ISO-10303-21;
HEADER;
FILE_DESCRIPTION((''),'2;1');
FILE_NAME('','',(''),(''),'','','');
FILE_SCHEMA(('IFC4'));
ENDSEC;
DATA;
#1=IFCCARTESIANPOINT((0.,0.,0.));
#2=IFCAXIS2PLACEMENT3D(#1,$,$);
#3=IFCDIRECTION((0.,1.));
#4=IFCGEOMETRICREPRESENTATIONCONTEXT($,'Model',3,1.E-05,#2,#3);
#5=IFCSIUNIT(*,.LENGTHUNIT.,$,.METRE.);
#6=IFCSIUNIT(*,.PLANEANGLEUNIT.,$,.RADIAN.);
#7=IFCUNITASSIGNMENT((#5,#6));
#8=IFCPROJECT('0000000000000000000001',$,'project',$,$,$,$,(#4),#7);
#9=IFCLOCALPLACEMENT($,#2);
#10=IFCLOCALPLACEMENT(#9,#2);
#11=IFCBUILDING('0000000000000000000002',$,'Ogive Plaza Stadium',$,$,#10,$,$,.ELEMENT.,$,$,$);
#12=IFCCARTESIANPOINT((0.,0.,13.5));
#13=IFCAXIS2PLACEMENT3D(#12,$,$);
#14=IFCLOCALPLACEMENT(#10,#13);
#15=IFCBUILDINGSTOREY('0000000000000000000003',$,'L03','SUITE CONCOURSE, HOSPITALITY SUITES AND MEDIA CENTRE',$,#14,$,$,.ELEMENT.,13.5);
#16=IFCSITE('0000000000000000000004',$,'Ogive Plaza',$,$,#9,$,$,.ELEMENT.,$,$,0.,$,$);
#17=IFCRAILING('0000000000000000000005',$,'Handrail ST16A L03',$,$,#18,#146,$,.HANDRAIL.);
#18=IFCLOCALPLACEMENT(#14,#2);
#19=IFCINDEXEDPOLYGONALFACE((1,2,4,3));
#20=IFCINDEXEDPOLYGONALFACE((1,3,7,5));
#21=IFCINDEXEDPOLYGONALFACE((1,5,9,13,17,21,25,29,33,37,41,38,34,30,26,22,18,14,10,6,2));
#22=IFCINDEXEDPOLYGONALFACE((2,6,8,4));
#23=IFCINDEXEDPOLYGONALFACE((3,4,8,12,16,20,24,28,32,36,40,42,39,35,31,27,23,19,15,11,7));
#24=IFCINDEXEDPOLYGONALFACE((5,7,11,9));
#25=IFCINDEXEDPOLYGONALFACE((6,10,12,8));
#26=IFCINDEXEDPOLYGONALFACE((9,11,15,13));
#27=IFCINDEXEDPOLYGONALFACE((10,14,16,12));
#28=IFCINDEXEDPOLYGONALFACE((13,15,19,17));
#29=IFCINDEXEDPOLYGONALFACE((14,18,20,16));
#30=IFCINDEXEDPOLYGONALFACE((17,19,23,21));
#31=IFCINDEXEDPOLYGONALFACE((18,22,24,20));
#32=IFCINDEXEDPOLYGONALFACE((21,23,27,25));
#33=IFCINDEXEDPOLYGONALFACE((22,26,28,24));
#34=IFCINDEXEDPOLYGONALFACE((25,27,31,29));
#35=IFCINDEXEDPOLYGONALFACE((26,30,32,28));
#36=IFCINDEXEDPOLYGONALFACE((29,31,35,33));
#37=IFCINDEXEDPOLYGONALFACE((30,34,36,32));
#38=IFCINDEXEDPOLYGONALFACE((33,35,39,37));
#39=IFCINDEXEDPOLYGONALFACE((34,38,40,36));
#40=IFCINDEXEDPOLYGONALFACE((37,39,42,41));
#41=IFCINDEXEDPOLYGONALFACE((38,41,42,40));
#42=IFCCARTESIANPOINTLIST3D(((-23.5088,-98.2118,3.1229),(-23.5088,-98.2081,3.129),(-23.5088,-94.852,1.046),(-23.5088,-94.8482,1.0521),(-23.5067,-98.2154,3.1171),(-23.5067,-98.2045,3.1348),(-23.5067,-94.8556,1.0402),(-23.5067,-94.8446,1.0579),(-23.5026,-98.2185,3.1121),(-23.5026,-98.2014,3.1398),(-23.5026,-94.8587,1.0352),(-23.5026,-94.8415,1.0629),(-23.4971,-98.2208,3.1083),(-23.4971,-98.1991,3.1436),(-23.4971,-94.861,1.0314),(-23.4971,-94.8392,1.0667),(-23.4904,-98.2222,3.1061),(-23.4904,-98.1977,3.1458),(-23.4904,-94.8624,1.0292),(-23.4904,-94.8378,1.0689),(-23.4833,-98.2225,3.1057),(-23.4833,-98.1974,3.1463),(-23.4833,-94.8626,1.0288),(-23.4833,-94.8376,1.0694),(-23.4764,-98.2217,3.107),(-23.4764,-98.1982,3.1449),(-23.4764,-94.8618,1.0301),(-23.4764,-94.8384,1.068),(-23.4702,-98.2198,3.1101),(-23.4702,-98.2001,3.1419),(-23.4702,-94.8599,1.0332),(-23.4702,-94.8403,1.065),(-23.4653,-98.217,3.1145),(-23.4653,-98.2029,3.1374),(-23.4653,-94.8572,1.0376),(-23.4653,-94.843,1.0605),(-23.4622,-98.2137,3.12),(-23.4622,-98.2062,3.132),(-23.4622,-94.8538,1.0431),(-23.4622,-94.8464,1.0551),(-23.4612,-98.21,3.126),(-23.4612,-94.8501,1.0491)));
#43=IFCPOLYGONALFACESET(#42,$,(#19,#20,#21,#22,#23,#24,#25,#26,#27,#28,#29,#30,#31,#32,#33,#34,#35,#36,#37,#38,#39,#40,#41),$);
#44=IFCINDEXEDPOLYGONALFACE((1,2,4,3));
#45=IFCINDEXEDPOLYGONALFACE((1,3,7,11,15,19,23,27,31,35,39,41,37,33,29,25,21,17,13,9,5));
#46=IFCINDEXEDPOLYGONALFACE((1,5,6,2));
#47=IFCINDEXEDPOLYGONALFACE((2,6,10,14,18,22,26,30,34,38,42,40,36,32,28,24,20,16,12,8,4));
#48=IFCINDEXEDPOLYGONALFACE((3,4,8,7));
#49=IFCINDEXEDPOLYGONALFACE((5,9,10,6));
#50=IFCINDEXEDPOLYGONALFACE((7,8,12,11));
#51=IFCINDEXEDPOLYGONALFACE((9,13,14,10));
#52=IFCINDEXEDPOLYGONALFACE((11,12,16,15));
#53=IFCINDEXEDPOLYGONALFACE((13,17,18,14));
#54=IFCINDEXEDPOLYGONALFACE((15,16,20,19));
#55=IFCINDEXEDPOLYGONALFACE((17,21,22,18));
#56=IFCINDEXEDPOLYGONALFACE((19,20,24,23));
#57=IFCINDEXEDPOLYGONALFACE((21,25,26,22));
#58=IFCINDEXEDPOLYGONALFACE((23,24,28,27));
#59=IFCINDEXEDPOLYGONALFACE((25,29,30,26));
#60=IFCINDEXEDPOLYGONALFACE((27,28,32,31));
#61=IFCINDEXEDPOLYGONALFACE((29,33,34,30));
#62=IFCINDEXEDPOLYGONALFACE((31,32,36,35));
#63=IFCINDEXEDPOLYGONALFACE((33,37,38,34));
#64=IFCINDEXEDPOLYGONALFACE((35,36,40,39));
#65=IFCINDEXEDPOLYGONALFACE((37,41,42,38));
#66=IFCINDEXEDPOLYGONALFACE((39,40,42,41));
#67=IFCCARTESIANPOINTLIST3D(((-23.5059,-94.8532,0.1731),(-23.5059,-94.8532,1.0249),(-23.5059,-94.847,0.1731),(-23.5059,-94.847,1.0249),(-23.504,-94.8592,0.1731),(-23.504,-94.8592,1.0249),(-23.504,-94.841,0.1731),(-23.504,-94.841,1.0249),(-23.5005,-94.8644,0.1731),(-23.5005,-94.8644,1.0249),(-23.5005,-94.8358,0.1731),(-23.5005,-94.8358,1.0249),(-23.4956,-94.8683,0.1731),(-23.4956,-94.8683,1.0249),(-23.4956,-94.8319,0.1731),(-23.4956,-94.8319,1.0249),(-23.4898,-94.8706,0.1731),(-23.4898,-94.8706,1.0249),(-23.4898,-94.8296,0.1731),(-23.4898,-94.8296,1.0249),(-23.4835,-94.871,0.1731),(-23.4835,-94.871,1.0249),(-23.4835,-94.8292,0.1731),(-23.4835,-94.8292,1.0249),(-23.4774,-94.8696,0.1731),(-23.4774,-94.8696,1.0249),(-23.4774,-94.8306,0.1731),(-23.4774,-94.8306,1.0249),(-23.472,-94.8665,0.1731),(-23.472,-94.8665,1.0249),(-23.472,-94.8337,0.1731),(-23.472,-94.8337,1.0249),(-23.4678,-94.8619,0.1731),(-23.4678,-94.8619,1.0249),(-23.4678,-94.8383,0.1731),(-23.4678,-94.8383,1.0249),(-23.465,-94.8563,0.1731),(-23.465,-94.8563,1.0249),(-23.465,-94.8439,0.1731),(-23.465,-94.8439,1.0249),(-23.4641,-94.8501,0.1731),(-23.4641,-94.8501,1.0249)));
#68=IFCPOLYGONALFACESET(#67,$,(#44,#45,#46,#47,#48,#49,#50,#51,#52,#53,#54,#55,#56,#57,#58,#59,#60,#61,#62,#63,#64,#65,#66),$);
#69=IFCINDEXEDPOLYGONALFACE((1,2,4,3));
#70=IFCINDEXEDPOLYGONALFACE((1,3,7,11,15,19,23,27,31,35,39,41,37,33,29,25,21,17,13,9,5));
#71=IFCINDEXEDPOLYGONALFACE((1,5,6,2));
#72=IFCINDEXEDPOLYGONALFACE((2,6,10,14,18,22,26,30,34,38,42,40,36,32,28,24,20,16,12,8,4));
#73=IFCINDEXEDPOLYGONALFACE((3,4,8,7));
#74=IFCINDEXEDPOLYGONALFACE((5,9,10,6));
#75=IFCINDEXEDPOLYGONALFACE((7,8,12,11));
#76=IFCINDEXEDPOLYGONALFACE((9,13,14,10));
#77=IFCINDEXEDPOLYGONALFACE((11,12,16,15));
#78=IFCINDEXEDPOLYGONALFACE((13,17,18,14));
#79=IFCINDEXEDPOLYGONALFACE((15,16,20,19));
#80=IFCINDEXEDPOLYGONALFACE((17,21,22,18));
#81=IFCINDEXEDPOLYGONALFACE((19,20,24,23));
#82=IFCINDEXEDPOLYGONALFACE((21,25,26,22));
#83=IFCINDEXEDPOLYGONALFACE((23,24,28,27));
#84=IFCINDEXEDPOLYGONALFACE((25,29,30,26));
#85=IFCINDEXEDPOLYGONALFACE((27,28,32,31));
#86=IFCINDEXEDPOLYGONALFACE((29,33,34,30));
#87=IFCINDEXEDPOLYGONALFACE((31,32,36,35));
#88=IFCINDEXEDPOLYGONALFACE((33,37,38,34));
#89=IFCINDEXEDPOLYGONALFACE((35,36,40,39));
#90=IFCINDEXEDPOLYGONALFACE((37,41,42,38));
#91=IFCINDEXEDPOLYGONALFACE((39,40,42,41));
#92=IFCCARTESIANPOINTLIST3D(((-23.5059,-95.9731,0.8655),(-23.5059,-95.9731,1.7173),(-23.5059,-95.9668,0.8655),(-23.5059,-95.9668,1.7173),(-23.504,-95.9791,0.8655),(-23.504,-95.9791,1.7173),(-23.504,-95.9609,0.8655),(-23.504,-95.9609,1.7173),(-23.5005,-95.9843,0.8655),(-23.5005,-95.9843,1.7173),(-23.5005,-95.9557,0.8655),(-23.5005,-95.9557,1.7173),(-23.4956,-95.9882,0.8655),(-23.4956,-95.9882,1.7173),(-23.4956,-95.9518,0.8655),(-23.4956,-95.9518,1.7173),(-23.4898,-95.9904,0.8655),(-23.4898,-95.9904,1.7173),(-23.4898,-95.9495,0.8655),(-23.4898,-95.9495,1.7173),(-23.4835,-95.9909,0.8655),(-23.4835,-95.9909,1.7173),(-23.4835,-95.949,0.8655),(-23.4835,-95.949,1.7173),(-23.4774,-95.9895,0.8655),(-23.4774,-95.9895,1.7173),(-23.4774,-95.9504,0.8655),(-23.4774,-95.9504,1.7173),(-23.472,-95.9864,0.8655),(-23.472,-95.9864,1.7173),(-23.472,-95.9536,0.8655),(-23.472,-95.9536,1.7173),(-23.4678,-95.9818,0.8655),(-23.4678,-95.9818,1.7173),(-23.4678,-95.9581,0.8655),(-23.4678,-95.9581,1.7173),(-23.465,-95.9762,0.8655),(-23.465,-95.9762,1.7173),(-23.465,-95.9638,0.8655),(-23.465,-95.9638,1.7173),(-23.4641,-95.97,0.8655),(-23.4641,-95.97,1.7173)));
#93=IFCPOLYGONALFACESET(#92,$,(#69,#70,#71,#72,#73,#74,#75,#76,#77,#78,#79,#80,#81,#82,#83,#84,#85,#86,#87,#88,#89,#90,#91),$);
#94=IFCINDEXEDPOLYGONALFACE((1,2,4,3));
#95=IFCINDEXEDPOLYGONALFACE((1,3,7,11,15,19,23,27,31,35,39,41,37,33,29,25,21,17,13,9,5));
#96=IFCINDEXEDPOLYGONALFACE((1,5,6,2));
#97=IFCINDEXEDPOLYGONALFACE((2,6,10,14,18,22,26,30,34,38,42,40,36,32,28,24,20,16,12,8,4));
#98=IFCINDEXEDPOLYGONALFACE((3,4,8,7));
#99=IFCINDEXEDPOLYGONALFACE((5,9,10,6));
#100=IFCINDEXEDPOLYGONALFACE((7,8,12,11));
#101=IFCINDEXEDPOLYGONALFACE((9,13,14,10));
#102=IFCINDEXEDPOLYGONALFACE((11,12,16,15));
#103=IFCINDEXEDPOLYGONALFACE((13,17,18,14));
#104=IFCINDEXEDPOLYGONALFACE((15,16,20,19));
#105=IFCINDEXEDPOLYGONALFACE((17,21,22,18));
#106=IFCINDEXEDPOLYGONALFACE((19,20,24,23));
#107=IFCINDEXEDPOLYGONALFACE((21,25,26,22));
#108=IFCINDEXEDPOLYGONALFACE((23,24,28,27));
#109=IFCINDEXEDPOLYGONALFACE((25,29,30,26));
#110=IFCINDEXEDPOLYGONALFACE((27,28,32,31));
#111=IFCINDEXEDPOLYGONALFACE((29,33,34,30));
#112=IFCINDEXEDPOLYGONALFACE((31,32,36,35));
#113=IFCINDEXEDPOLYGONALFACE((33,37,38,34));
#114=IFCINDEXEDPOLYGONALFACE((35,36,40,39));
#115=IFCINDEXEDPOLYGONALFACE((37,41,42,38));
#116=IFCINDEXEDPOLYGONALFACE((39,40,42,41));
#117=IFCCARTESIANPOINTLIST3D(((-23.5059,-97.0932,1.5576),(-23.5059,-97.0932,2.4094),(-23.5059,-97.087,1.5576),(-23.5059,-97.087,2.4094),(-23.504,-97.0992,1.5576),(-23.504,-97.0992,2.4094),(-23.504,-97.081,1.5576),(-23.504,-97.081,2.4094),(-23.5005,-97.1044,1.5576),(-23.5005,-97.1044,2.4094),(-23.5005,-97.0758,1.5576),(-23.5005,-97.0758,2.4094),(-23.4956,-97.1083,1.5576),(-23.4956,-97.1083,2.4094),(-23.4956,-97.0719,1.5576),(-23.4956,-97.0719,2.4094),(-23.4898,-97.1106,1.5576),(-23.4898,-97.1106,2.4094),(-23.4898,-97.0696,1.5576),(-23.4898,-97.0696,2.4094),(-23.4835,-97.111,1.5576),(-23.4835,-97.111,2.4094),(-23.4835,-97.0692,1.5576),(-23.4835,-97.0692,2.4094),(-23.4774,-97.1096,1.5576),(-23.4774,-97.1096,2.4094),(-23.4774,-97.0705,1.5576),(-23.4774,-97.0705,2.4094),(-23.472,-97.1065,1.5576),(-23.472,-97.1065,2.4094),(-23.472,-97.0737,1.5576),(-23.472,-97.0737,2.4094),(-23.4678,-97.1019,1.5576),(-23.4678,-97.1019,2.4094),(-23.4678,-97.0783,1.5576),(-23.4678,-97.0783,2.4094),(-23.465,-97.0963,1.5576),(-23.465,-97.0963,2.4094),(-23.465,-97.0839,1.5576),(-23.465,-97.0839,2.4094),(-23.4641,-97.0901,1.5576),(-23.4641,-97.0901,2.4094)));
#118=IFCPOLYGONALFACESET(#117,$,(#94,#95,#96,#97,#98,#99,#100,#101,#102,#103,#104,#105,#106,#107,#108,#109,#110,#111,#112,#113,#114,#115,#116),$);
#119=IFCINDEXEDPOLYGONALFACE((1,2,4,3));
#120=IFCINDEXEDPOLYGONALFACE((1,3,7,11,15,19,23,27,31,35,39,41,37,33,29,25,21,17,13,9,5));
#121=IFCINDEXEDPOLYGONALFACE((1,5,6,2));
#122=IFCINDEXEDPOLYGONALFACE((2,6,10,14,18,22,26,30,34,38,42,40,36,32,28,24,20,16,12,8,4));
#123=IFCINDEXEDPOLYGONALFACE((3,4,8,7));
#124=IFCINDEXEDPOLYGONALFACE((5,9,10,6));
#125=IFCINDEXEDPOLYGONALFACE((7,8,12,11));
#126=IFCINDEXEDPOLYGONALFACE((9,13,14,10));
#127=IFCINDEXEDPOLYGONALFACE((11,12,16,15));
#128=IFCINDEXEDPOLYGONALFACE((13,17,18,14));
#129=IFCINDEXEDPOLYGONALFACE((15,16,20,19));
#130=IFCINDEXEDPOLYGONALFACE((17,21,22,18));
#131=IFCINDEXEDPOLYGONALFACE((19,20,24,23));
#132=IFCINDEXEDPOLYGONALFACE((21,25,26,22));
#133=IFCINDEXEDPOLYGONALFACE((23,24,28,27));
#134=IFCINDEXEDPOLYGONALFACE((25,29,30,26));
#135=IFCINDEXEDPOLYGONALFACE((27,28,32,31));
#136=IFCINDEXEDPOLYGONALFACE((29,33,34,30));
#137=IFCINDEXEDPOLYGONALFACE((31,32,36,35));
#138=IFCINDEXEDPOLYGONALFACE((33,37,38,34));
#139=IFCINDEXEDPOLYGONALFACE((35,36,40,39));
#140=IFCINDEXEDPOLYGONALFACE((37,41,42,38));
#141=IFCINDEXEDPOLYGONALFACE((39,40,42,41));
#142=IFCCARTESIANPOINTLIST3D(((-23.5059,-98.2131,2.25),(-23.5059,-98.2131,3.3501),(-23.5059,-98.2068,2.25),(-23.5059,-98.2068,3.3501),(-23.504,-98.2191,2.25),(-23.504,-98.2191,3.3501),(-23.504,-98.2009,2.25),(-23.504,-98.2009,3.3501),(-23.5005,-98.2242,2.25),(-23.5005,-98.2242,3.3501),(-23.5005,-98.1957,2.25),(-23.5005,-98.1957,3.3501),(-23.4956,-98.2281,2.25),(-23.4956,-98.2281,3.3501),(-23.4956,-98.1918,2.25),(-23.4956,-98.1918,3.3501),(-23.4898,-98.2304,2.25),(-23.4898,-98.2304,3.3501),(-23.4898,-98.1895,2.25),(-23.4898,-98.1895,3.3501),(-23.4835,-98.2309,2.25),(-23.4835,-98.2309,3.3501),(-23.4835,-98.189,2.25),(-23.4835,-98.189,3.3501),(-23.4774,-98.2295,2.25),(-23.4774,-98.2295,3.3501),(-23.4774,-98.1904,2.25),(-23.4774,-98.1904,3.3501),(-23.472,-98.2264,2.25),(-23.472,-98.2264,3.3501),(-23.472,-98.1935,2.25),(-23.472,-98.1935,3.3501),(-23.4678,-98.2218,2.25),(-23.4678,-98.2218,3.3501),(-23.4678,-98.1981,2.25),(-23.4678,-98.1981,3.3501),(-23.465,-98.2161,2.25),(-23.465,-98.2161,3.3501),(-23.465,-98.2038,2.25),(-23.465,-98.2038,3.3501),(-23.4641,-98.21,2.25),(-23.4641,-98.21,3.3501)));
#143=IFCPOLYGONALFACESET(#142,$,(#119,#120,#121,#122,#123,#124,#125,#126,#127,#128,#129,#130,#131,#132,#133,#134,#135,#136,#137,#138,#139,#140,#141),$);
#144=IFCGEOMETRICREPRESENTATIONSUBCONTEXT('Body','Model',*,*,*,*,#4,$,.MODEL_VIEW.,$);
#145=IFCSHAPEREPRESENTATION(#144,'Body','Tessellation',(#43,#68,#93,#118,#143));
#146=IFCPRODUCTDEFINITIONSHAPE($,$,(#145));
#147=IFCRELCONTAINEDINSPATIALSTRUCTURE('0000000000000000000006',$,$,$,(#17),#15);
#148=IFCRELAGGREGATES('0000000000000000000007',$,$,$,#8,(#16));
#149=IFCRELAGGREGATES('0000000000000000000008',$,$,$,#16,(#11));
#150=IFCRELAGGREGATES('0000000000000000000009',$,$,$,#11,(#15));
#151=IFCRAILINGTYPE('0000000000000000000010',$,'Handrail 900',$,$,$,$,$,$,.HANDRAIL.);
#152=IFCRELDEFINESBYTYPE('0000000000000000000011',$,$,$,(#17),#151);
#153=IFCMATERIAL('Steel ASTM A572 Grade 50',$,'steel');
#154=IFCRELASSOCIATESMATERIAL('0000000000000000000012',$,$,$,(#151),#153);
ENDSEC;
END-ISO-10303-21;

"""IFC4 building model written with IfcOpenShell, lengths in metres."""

from ifc_helpers import new_model, si_unit, direction, frame, origin, origin_2d, place, context, subcontext, project, spatial, circle, extrude, material, type_object, element, save


model = new_model("IFC4")

# Units and contexts
model_context = context("Model", 3, precision=1e-05, world=origin(), true_north=direction((0.0, 1.0)))
body_context = subcontext(model_context, "Body", "Model", "MODEL_VIEW")
ifc_project = project(units=[si_unit("LENGTHUNIT", "METRE"), si_unit("PLANEANGLEUNIT", "RADIAN")], contexts=[model_context])

# Site, building, storey
site_placement = place(None, origin())
site = spatial("IfcSite", under=ifc_project, at=site_placement, Name="Ogive Plaza", CompositionType="ELEMENT", RefElevation=0.0)
building_placement = place(site_placement, origin())
building = spatial("IfcBuilding", under=site, at=building_placement, Name="Ogive Plaza Stadium", CompositionType="ELEMENT")
storey_placement = place(building_placement, frame((0.0, 0.0, 13.5)))
storey = spatial("IfcBuildingStorey", under=building, at=storey_placement, Name="L03", Description="SUITE CONCOURSE, HOSPITALITY SUITES AND MEDIA CENTRE", CompositionType="ELEMENT", Elevation=13.5)

# Railing
ifc_material_1 = material(Name="Steel ASTM A572 Grade 50", Category="steel")
railing_type_1 = type_object("IfcRailingType", Name="Handrail 900", PredefinedType="HANDRAIL", material=ifc_material_1)
for number, where, name in (
    (1, (-23.4851, -94.8501, 0.1731), "Handrail ST16A L03"),
):
    element("IfcRailing", number, at=place(storey_placement, frame(where)), inside=storey, type_object=railing_type_1, Name=name, PredefinedType="HANDRAIL", context=body_context, shape_type="SweptSolid", body=[
        extrude(circle(Radius=0.0239, at=origin_2d()), frame((0.0, 0.0, 0.876), z_axis=(0.0, -0.850606, 0.525803), x_axis=(1.0, 0.0, 0.0)), (0.0, 0.0, 1.0), 3.95),
        extrude(circle(Radius=0.021, at=origin_2d()), origin(), (0.0, 0.0, 1.0), 0.8518),
        extrude(circle(Radius=0.021, at=origin_2d()), frame((0.0, -1.1199, 0.6924)), (0.0, 0.0, 1.0), 0.8518),
        extrude(circle(Radius=0.021, at=origin_2d()), frame((0.0, -2.24, 1.3845)), (0.0, 0.0, 1.0), 0.8518),
        extrude(circle(Radius=0.021, at=origin_2d()), frame((0.0, -3.3599, 2.0769)), (0.0, 0.0, 1.0), 1.1001),
    ])

save(model, "model.ifc")
